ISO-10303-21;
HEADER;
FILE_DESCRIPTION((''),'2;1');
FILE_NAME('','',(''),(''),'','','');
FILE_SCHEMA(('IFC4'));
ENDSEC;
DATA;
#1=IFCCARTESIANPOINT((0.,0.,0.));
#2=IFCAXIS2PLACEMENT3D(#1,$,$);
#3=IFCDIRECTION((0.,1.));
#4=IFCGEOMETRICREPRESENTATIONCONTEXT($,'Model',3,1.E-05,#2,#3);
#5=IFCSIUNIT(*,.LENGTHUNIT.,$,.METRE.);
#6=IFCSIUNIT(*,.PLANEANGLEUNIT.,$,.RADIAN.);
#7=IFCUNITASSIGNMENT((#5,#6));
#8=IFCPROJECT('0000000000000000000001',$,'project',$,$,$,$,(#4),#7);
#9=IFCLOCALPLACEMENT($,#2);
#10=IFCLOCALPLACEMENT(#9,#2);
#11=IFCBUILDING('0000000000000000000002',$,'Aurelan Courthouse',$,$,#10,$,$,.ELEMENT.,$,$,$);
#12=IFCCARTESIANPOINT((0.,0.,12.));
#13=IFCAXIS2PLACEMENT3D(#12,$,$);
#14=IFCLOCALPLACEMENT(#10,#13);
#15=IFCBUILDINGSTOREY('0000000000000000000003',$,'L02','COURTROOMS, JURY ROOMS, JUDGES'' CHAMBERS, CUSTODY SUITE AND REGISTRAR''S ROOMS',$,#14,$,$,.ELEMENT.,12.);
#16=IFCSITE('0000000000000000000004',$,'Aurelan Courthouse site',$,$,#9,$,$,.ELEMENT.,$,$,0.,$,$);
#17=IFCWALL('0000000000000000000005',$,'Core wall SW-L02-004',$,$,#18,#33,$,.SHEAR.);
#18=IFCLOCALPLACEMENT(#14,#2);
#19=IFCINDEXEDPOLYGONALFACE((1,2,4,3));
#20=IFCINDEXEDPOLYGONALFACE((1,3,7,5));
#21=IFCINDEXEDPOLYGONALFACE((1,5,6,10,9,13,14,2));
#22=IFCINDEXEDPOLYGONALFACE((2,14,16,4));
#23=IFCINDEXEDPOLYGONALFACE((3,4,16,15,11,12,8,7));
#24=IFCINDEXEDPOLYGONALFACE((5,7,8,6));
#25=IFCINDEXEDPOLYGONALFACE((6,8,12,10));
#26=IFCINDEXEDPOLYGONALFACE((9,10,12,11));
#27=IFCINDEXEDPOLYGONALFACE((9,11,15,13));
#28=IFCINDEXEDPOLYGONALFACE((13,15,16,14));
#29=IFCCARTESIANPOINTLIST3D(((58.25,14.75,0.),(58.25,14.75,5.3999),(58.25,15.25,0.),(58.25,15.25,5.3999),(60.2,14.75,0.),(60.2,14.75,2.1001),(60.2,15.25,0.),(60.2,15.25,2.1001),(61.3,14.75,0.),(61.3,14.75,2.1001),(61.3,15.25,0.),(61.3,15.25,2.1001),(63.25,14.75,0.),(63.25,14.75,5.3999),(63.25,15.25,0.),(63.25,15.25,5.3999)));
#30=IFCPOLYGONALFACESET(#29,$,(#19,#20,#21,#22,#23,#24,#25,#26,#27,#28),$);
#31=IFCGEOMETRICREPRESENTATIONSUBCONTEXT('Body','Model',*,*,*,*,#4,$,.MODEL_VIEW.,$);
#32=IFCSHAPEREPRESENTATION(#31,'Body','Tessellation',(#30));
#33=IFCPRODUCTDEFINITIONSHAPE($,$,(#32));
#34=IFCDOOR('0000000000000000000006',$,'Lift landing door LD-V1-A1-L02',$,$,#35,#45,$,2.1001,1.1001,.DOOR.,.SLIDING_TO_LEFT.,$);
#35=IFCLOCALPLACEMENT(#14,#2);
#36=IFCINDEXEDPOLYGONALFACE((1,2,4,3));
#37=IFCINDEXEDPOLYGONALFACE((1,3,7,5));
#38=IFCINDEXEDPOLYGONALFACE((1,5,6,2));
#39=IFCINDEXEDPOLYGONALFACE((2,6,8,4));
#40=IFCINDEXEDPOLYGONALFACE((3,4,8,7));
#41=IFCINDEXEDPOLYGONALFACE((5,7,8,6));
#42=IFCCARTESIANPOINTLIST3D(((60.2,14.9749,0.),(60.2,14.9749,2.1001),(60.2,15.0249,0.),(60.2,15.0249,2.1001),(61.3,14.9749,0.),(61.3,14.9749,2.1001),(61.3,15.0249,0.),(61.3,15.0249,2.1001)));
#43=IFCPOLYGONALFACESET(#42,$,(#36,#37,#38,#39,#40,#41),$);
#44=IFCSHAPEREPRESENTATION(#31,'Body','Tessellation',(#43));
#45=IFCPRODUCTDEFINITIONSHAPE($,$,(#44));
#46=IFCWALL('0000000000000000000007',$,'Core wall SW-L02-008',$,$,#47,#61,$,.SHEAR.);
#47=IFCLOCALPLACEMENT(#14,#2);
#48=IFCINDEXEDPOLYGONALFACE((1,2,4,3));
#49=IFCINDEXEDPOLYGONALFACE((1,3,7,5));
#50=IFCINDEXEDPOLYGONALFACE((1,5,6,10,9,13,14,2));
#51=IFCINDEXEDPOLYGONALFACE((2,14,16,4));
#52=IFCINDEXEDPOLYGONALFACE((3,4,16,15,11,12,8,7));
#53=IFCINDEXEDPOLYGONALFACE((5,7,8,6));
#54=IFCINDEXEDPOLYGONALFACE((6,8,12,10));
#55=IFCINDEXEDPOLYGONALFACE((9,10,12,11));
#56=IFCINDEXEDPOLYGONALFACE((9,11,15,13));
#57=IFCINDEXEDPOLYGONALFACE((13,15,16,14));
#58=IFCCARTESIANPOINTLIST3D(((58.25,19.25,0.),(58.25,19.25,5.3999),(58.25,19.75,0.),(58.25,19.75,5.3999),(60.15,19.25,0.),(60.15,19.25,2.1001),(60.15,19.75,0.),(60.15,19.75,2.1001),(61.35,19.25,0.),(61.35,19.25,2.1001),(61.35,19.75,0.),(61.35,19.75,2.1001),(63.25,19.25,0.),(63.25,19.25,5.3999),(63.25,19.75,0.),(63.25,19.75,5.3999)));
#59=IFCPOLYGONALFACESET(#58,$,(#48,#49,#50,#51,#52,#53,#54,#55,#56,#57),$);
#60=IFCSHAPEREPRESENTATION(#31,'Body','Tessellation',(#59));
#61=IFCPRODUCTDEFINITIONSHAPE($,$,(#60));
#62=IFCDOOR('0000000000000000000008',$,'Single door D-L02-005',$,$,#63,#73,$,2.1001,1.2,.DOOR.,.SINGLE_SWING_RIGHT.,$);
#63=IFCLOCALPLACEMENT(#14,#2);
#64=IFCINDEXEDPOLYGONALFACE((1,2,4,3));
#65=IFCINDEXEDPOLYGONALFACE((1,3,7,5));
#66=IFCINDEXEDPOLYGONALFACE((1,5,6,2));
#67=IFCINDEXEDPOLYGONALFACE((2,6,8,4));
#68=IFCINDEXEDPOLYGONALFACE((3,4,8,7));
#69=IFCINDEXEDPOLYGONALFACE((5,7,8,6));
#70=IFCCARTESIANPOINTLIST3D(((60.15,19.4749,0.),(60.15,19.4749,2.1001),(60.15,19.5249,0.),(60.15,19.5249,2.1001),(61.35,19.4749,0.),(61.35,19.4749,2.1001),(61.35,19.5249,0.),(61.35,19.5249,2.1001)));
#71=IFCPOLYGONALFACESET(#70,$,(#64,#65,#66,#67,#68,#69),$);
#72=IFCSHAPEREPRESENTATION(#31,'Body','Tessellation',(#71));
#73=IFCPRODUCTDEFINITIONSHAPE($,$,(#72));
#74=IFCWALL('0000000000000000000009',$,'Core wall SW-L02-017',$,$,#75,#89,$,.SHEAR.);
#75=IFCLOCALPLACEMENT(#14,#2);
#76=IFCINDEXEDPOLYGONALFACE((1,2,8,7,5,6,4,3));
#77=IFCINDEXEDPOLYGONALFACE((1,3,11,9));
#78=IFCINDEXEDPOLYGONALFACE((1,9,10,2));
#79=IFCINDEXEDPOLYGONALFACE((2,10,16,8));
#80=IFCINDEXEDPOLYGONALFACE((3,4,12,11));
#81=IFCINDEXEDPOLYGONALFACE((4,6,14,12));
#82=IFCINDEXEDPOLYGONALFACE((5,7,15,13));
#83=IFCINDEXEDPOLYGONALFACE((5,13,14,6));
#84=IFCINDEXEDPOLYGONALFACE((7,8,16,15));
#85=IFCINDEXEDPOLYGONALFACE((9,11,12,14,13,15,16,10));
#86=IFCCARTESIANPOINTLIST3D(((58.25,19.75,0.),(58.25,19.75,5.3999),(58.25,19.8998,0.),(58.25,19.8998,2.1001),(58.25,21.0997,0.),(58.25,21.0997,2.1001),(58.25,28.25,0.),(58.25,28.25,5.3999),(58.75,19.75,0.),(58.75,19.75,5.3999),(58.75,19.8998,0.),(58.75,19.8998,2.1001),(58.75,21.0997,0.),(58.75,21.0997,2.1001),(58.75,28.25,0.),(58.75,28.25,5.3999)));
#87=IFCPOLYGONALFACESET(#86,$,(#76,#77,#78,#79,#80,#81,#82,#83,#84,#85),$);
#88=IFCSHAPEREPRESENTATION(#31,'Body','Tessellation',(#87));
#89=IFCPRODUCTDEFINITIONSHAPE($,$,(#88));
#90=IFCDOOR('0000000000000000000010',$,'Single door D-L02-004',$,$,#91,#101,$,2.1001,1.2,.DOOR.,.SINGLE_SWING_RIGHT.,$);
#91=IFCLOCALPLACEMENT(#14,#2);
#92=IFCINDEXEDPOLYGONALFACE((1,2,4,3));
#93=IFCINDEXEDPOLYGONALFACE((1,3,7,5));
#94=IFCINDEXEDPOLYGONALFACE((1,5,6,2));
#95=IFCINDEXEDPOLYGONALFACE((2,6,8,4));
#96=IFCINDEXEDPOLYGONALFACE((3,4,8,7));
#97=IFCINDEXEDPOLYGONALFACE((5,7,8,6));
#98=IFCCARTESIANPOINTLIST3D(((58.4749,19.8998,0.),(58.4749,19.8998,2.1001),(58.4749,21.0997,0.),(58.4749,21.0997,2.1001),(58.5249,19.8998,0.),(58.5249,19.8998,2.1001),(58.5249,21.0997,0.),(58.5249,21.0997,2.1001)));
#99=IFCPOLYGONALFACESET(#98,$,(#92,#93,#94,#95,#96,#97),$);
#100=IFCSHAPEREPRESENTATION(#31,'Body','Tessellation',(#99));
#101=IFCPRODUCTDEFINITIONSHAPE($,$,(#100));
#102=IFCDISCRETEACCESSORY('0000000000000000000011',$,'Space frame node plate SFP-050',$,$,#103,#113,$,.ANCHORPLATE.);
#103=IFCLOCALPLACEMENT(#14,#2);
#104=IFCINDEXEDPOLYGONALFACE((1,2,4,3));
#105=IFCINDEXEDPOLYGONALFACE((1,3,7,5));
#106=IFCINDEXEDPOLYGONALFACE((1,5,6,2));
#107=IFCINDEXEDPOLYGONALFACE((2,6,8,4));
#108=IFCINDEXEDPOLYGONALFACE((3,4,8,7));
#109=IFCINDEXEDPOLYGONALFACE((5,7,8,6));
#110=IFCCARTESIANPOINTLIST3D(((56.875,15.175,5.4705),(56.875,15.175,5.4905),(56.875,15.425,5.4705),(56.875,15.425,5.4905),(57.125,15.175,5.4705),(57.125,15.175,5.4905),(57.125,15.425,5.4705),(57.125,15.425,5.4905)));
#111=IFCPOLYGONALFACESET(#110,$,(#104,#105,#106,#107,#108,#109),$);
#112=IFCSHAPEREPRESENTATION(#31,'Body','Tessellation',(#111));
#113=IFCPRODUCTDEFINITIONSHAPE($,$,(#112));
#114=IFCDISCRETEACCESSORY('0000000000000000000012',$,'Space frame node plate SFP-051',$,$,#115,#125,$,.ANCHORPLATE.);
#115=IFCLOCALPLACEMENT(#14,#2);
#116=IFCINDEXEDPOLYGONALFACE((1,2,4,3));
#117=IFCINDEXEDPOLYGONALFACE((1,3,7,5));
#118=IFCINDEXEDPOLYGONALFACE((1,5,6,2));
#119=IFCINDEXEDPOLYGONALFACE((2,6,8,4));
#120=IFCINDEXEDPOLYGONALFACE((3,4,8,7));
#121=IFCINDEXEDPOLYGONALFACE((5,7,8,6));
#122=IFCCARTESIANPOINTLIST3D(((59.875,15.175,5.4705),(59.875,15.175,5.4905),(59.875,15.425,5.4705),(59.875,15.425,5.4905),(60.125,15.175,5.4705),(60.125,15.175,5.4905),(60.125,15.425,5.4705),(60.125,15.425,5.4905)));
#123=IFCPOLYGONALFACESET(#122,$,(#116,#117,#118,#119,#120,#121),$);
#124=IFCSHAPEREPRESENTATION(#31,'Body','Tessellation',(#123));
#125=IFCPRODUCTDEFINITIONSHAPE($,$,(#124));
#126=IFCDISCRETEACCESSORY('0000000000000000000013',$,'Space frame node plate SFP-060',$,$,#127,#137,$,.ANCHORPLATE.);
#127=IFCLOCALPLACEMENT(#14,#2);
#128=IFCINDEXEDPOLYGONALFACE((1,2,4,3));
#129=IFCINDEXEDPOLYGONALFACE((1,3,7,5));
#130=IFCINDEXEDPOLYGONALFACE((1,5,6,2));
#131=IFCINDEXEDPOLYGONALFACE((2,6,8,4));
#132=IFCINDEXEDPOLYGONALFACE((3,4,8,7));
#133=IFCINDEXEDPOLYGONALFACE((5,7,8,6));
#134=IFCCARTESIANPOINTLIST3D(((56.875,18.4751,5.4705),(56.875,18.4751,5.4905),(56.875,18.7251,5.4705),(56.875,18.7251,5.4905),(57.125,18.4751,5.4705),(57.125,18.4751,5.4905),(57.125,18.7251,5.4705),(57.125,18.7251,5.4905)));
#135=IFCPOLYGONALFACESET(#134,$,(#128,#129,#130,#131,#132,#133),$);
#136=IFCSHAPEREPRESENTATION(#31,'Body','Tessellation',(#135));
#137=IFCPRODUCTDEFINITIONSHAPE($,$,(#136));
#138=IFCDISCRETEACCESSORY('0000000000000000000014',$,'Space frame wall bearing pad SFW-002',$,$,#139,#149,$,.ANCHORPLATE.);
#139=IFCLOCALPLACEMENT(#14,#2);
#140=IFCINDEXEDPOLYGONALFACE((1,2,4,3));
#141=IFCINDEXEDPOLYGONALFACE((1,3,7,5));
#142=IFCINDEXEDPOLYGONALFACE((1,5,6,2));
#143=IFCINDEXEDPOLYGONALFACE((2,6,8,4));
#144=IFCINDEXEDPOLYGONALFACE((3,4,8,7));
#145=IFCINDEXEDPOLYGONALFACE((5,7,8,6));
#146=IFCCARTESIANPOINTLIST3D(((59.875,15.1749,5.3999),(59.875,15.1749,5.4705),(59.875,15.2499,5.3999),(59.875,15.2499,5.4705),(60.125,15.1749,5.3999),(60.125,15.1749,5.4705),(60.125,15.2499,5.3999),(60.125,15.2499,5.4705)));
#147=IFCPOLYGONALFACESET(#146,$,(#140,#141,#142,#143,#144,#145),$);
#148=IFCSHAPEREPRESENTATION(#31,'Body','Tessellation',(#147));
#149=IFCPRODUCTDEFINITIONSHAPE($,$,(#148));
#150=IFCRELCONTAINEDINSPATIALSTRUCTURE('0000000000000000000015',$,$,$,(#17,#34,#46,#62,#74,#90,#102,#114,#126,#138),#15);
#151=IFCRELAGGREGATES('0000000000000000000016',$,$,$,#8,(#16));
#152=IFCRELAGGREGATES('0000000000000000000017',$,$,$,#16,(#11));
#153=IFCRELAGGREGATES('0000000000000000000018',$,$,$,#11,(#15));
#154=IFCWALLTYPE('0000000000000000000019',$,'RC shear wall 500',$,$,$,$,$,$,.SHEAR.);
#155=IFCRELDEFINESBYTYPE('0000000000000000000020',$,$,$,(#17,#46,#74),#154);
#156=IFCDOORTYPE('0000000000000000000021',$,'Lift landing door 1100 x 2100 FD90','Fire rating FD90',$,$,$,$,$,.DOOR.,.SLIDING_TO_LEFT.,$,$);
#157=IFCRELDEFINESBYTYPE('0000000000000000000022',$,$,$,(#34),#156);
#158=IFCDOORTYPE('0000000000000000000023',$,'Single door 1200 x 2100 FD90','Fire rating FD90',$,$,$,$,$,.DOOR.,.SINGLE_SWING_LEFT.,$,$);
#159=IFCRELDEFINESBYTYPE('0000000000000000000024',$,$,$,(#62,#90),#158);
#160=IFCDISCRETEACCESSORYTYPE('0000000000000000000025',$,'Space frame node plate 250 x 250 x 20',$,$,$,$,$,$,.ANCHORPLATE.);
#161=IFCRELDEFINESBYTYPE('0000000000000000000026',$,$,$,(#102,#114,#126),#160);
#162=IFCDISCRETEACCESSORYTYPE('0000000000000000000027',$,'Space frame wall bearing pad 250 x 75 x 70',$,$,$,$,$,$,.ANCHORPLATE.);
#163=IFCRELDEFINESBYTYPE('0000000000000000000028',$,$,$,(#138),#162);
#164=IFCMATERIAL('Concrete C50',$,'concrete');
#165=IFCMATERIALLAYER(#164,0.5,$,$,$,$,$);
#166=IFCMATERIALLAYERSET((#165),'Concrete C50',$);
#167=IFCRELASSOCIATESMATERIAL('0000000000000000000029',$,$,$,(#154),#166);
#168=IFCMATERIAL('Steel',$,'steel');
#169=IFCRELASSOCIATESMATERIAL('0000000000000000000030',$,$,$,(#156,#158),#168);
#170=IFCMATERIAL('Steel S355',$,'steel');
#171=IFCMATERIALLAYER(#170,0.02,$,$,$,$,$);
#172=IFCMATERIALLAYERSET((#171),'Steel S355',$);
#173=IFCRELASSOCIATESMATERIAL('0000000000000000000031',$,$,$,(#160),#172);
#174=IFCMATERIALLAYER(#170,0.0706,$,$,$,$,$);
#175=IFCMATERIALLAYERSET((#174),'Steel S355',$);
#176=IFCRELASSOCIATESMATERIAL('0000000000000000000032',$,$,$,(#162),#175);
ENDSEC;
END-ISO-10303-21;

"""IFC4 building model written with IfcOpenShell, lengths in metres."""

from ifc_helpers import new_model, si_unit, direction, frame, frame_2d, origin, origin_2d, place, context, subcontext, project, spatial, rectangle, extrude, material, layer, layer_set, type_object, element, fill, save


model = new_model("IFC4")

# Units and contexts
model_context = context("Model", 3, precision=1e-05, world=origin(), true_north=direction((0.0, 1.0)))
body_context = subcontext(model_context, "Body", "Model", "MODEL_VIEW")
ifc_project = project(units=[si_unit("LENGTHUNIT", "METRE"), si_unit("PLANEANGLEUNIT", "RADIAN")], contexts=[model_context])

# Site, building, storey
site_placement = place(None, origin())
site = spatial("IfcSite", under=ifc_project, at=site_placement, Name="Aurelan Courthouse site", CompositionType="ELEMENT", RefElevation=0.0)
building_placement = place(site_placement, origin())
building = spatial("IfcBuilding", under=site, at=building_placement, Name="Aurelan Courthouse", CompositionType="ELEMENT")
storey_placement = place(building_placement, frame((0.0, 0.0, 12.0)))
storey = spatial("IfcBuildingStorey", under=building, at=storey_placement, Name="L02", Description="COURTROOMS, JURY ROOMS, JUDGES' CHAMBERS, CUSTODY SUITE AND REGISTRAR'S ROOMS", CompositionType="ELEMENT", Elevation=12.0)

# Shared definitions
ifc_material_1 = material(Name="Steel S355", Category="steel")

# Shared definitions
ifc_material_2 = material(Name="Concrete C50", Category="concrete")
ifc_layer_1 = layer(ifc_material_2, 0.5)
ifc_layer_set_1 = layer_set([ifc_layer_1], Name="Concrete C50")
wall_type = type_object("IfcWallType", Name="RC shear wall 500", PredefinedType="SHEAR", material=ifc_layer_set_1)

# Walls, openings, doors
wall_1_placement = place(storey_placement, frame((58.25, 15.0, 0.0), z_axis=(0.0, 0.0, 1.0), x_axis=(1.0, 0.0, 0.0)))
wall_1 = element("IfcWall", 1, at=wall_1_placement, inside=storey, type_object=wall_type, Name="Core wall SW-L02-004", PredefinedType="SHEAR", context=body_context, shape_type="SweptSolid", body=[
    extrude(rectangle(XDim=5.0, YDim=0.5, at=frame_2d((2.5, 0.0))), origin(), (0.0, 0.0, 1.0), 5.3999),
])
opening_1_placement = place(wall_1_placement, frame((1.95, 0.0, 0.0)))
opening_1 = element("IfcOpeningElement", 2, at=opening_1_placement, cuts=wall_1, PredefinedType="OPENING", context=body_context, shape_type="SweptSolid", body=[
    extrude(rectangle(XDim=1.1001, YDim=2.1001, at=frame_2d((0.55, 1.05))), frame((0.0, 0.26, 0.0), z_axis=(0.0, -1.0, 0.0), x_axis=(1.0, 0.0, 0.0)), (0.0, 0.0, 1.0), 0.52),
])
ifc_material_3 = material(Name="Steel", Category="steel")
door_type_1 = type_object("IfcDoorType", Name="Lift landing door 1100 x 2100 FD90", Description="Fire rating FD90", OperationType="SLIDING_TO_LEFT", PredefinedType="DOOR", material=ifc_material_3)
door_1_placement = place(opening_1_placement, origin())
door_1 = element("IfcDoor", 3, at=door_1_placement, inside=storey, type_object=door_type_1, Name="Lift landing door LD-V1-A1-L02", OperationType="SLIDING_TO_LEFT", OverallHeight=2.1001, OverallWidth=1.1001, PredefinedType="DOOR", context=body_context, shape_type="SweptSolid", body=[
    extrude(rectangle(XDim=1.1001, YDim=2.1001, at=frame_2d((0.55, 1.05))), frame((0.0, 0.0249, 0.0), z_axis=(0.0, -1.0, 0.0), x_axis=(1.0, 0.0, 0.0)), (0.0, 0.0, 1.0), 0.05),
])
fill(opening_1, door_1)
wall_2_placement = place(storey_placement, frame((58.25, 19.5, 0.0), z_axis=(0.0, 0.0, 1.0), x_axis=(1.0, 0.0, 0.0)))
wall_2 = element("IfcWall", 4, at=wall_2_placement, inside=storey, type_object=wall_type, Name="Core wall SW-L02-008", PredefinedType="SHEAR", context=body_context, shape_type="SweptSolid", body=[
    extrude(rectangle(XDim=5.0, YDim=0.5, at=frame_2d((2.5, 0.0))), origin(), (0.0, 0.0, 1.0), 5.3999),
])
opening_2_placement = place(wall_2_placement, frame((1.8999, 0.0, 0.0)))
opening_2 = element("IfcOpeningElement", 5, at=opening_2_placement, cuts=wall_2, PredefinedType="OPENING", context=body_context, shape_type="SweptSolid", body=[
    extrude(rectangle(XDim=1.2, YDim=2.1001, at=frame_2d((0.6001, 1.05))), frame((0.0, 0.26, 0.0), z_axis=(0.0, -1.0, 0.0), x_axis=(1.0, 0.0, 0.0)), (0.0, 0.0, 1.0), 0.52),
])
door_type_2 = type_object("IfcDoorType", Name="Single door 1200 x 2100 FD90", Description="Fire rating FD90", OperationType="SINGLE_SWING_LEFT", PredefinedType="DOOR", material=ifc_material_3)
door_2_placement = place(opening_2_placement, origin())
door_2 = element("IfcDoor", 6, at=door_2_placement, inside=storey, type_object=door_type_2, Name="Single door D-L02-005", OperationType="SINGLE_SWING_RIGHT", OverallHeight=2.1001, OverallWidth=1.2, PredefinedType="DOOR", context=body_context, shape_type="SweptSolid", body=[
    extrude(rectangle(XDim=1.2, YDim=2.1001, at=frame_2d((0.6001, 1.05))), frame((0.0, 0.0249, 0.0), z_axis=(0.0, -1.0, 0.0), x_axis=(1.0, 0.0, 0.0)), (0.0, 0.0, 1.0), 0.05),
])
fill(opening_2, door_2)
wall_3_placement = place(storey_placement, frame((58.5, 19.75, 0.0), z_axis=(0.0, 0.0, 1.0), x_axis=(0.0, 1.0, 0.0)))
wall_3 = element("IfcWall", 7, at=wall_3_placement, inside=storey, type_object=wall_type, Name="Core wall SW-L02-017", PredefinedType="SHEAR", context=body_context, shape_type="SweptSolid", body=[
    extrude(rectangle(XDim=8.5, YDim=0.5, at=frame_2d((4.25, 0.0))), origin(), (0.0, 0.0, 1.0), 5.3999),
])
opening_3_placement = place(wall_3_placement, frame((1.3499, 0.0, 0.0), z_axis=(0.0, 0.0, 1.0), x_axis=(-1.0, 0.0, 0.0)))
opening_3 = element("IfcOpeningElement", 8, at=opening_3_placement, cuts=wall_3, PredefinedType="OPENING", context=body_context, shape_type="SweptSolid", body=[
    extrude(rectangle(XDim=1.2, YDim=2.1001, at=frame_2d((0.6001, 1.05))), frame((0.0, 0.26, 0.0), z_axis=(0.0, -1.0, 0.0), x_axis=(1.0, 0.0, 0.0)), (0.0, 0.0, 1.0), 0.52),
])
door_3_placement = place(opening_3_placement, origin())
door_3 = element("IfcDoor", 9, at=door_3_placement, inside=storey, type_object=door_type_2, Name="Single door D-L02-004", OperationType="SINGLE_SWING_RIGHT", OverallHeight=2.1001, OverallWidth=1.2, PredefinedType="DOOR", context=body_context, shape_type="SweptSolid", body=[
    extrude(rectangle(XDim=1.2, YDim=2.1001, at=frame_2d((0.6001, 1.05))), frame((0.0, 0.0249, 0.0), z_axis=(0.0, -1.0, 0.0), x_axis=(1.0, 0.0, 0.0)), (0.0, 0.0, 1.0), 0.05),
])
fill(opening_3, door_3)

# Discrete accessories
ifc_layer_2 = layer(ifc_material_1, 0.02)
ifc_layer_set_2 = layer_set([ifc_layer_2], Name="Steel S355")
discrete_accessory_type_1 = type_object("IfcDiscreteAccessoryType", Name="Space frame node plate 250 x 250 x 20", PredefinedType="ANCHORPLATE", material=ifc_layer_set_2)
for number, where, z_axis, x_axis, name in (
    (10, (57.0, 15.3, 5.4705), (0.0, 0.0, 1.0), (1.0, 0.0, 0.0), "Space frame node plate SFP-050"),
    (11, (60.0, 15.3, 5.4705), (0.0, 0.0, 1.0), (1.0, 0.0, 0.0), "Space frame node plate SFP-051"),
    (12, (57.0, 18.6001, 5.4705), (0.0, 0.0, 1.0), (1.0, 0.0, 0.0), "Space frame node plate SFP-060"),
):
    element("IfcDiscreteAccessory", number, at=place(storey_placement, frame(where, z_axis=z_axis, x_axis=x_axis)), inside=storey, type_object=discrete_accessory_type_1, Name=name, PredefinedType="ANCHORPLATE", context=body_context, shape_type="SweptSolid", body=[
        extrude(rectangle(XDim=0.25, YDim=0.25, at=origin_2d()), origin(), (0.0, 0.0, 1.0), 0.02),
    ])
ifc_layer_3 = layer(ifc_material_1, 0.0706)
ifc_layer_set_3 = layer_set([ifc_layer_3], Name="Steel S355")
discrete_accessory_type_2 = type_object("IfcDiscreteAccessoryType", Name="Space frame wall bearing pad 250 x 75 x 70", PredefinedType="ANCHORPLATE", material=ifc_layer_set_3)
discrete_accessory_placement = place(storey_placement, frame((60.0, 15.2124, 5.3999), z_axis=(0.0, 0.0, 1.0), x_axis=(1.0, 0.0, 0.0)))
element("IfcDiscreteAccessory", 13, at=discrete_accessory_placement, inside=storey, type_object=discrete_accessory_type_2, Name="Space frame wall bearing pad SFW-002", PredefinedType="ANCHORPLATE", context=body_context, shape_type="SweptSolid", body=[
    extrude(rectangle(XDim=0.25, YDim=0.075, at=origin_2d()), origin(), (0.0, 0.0, 1.0), 0.0706),
])

save(model, "model.ifc")
